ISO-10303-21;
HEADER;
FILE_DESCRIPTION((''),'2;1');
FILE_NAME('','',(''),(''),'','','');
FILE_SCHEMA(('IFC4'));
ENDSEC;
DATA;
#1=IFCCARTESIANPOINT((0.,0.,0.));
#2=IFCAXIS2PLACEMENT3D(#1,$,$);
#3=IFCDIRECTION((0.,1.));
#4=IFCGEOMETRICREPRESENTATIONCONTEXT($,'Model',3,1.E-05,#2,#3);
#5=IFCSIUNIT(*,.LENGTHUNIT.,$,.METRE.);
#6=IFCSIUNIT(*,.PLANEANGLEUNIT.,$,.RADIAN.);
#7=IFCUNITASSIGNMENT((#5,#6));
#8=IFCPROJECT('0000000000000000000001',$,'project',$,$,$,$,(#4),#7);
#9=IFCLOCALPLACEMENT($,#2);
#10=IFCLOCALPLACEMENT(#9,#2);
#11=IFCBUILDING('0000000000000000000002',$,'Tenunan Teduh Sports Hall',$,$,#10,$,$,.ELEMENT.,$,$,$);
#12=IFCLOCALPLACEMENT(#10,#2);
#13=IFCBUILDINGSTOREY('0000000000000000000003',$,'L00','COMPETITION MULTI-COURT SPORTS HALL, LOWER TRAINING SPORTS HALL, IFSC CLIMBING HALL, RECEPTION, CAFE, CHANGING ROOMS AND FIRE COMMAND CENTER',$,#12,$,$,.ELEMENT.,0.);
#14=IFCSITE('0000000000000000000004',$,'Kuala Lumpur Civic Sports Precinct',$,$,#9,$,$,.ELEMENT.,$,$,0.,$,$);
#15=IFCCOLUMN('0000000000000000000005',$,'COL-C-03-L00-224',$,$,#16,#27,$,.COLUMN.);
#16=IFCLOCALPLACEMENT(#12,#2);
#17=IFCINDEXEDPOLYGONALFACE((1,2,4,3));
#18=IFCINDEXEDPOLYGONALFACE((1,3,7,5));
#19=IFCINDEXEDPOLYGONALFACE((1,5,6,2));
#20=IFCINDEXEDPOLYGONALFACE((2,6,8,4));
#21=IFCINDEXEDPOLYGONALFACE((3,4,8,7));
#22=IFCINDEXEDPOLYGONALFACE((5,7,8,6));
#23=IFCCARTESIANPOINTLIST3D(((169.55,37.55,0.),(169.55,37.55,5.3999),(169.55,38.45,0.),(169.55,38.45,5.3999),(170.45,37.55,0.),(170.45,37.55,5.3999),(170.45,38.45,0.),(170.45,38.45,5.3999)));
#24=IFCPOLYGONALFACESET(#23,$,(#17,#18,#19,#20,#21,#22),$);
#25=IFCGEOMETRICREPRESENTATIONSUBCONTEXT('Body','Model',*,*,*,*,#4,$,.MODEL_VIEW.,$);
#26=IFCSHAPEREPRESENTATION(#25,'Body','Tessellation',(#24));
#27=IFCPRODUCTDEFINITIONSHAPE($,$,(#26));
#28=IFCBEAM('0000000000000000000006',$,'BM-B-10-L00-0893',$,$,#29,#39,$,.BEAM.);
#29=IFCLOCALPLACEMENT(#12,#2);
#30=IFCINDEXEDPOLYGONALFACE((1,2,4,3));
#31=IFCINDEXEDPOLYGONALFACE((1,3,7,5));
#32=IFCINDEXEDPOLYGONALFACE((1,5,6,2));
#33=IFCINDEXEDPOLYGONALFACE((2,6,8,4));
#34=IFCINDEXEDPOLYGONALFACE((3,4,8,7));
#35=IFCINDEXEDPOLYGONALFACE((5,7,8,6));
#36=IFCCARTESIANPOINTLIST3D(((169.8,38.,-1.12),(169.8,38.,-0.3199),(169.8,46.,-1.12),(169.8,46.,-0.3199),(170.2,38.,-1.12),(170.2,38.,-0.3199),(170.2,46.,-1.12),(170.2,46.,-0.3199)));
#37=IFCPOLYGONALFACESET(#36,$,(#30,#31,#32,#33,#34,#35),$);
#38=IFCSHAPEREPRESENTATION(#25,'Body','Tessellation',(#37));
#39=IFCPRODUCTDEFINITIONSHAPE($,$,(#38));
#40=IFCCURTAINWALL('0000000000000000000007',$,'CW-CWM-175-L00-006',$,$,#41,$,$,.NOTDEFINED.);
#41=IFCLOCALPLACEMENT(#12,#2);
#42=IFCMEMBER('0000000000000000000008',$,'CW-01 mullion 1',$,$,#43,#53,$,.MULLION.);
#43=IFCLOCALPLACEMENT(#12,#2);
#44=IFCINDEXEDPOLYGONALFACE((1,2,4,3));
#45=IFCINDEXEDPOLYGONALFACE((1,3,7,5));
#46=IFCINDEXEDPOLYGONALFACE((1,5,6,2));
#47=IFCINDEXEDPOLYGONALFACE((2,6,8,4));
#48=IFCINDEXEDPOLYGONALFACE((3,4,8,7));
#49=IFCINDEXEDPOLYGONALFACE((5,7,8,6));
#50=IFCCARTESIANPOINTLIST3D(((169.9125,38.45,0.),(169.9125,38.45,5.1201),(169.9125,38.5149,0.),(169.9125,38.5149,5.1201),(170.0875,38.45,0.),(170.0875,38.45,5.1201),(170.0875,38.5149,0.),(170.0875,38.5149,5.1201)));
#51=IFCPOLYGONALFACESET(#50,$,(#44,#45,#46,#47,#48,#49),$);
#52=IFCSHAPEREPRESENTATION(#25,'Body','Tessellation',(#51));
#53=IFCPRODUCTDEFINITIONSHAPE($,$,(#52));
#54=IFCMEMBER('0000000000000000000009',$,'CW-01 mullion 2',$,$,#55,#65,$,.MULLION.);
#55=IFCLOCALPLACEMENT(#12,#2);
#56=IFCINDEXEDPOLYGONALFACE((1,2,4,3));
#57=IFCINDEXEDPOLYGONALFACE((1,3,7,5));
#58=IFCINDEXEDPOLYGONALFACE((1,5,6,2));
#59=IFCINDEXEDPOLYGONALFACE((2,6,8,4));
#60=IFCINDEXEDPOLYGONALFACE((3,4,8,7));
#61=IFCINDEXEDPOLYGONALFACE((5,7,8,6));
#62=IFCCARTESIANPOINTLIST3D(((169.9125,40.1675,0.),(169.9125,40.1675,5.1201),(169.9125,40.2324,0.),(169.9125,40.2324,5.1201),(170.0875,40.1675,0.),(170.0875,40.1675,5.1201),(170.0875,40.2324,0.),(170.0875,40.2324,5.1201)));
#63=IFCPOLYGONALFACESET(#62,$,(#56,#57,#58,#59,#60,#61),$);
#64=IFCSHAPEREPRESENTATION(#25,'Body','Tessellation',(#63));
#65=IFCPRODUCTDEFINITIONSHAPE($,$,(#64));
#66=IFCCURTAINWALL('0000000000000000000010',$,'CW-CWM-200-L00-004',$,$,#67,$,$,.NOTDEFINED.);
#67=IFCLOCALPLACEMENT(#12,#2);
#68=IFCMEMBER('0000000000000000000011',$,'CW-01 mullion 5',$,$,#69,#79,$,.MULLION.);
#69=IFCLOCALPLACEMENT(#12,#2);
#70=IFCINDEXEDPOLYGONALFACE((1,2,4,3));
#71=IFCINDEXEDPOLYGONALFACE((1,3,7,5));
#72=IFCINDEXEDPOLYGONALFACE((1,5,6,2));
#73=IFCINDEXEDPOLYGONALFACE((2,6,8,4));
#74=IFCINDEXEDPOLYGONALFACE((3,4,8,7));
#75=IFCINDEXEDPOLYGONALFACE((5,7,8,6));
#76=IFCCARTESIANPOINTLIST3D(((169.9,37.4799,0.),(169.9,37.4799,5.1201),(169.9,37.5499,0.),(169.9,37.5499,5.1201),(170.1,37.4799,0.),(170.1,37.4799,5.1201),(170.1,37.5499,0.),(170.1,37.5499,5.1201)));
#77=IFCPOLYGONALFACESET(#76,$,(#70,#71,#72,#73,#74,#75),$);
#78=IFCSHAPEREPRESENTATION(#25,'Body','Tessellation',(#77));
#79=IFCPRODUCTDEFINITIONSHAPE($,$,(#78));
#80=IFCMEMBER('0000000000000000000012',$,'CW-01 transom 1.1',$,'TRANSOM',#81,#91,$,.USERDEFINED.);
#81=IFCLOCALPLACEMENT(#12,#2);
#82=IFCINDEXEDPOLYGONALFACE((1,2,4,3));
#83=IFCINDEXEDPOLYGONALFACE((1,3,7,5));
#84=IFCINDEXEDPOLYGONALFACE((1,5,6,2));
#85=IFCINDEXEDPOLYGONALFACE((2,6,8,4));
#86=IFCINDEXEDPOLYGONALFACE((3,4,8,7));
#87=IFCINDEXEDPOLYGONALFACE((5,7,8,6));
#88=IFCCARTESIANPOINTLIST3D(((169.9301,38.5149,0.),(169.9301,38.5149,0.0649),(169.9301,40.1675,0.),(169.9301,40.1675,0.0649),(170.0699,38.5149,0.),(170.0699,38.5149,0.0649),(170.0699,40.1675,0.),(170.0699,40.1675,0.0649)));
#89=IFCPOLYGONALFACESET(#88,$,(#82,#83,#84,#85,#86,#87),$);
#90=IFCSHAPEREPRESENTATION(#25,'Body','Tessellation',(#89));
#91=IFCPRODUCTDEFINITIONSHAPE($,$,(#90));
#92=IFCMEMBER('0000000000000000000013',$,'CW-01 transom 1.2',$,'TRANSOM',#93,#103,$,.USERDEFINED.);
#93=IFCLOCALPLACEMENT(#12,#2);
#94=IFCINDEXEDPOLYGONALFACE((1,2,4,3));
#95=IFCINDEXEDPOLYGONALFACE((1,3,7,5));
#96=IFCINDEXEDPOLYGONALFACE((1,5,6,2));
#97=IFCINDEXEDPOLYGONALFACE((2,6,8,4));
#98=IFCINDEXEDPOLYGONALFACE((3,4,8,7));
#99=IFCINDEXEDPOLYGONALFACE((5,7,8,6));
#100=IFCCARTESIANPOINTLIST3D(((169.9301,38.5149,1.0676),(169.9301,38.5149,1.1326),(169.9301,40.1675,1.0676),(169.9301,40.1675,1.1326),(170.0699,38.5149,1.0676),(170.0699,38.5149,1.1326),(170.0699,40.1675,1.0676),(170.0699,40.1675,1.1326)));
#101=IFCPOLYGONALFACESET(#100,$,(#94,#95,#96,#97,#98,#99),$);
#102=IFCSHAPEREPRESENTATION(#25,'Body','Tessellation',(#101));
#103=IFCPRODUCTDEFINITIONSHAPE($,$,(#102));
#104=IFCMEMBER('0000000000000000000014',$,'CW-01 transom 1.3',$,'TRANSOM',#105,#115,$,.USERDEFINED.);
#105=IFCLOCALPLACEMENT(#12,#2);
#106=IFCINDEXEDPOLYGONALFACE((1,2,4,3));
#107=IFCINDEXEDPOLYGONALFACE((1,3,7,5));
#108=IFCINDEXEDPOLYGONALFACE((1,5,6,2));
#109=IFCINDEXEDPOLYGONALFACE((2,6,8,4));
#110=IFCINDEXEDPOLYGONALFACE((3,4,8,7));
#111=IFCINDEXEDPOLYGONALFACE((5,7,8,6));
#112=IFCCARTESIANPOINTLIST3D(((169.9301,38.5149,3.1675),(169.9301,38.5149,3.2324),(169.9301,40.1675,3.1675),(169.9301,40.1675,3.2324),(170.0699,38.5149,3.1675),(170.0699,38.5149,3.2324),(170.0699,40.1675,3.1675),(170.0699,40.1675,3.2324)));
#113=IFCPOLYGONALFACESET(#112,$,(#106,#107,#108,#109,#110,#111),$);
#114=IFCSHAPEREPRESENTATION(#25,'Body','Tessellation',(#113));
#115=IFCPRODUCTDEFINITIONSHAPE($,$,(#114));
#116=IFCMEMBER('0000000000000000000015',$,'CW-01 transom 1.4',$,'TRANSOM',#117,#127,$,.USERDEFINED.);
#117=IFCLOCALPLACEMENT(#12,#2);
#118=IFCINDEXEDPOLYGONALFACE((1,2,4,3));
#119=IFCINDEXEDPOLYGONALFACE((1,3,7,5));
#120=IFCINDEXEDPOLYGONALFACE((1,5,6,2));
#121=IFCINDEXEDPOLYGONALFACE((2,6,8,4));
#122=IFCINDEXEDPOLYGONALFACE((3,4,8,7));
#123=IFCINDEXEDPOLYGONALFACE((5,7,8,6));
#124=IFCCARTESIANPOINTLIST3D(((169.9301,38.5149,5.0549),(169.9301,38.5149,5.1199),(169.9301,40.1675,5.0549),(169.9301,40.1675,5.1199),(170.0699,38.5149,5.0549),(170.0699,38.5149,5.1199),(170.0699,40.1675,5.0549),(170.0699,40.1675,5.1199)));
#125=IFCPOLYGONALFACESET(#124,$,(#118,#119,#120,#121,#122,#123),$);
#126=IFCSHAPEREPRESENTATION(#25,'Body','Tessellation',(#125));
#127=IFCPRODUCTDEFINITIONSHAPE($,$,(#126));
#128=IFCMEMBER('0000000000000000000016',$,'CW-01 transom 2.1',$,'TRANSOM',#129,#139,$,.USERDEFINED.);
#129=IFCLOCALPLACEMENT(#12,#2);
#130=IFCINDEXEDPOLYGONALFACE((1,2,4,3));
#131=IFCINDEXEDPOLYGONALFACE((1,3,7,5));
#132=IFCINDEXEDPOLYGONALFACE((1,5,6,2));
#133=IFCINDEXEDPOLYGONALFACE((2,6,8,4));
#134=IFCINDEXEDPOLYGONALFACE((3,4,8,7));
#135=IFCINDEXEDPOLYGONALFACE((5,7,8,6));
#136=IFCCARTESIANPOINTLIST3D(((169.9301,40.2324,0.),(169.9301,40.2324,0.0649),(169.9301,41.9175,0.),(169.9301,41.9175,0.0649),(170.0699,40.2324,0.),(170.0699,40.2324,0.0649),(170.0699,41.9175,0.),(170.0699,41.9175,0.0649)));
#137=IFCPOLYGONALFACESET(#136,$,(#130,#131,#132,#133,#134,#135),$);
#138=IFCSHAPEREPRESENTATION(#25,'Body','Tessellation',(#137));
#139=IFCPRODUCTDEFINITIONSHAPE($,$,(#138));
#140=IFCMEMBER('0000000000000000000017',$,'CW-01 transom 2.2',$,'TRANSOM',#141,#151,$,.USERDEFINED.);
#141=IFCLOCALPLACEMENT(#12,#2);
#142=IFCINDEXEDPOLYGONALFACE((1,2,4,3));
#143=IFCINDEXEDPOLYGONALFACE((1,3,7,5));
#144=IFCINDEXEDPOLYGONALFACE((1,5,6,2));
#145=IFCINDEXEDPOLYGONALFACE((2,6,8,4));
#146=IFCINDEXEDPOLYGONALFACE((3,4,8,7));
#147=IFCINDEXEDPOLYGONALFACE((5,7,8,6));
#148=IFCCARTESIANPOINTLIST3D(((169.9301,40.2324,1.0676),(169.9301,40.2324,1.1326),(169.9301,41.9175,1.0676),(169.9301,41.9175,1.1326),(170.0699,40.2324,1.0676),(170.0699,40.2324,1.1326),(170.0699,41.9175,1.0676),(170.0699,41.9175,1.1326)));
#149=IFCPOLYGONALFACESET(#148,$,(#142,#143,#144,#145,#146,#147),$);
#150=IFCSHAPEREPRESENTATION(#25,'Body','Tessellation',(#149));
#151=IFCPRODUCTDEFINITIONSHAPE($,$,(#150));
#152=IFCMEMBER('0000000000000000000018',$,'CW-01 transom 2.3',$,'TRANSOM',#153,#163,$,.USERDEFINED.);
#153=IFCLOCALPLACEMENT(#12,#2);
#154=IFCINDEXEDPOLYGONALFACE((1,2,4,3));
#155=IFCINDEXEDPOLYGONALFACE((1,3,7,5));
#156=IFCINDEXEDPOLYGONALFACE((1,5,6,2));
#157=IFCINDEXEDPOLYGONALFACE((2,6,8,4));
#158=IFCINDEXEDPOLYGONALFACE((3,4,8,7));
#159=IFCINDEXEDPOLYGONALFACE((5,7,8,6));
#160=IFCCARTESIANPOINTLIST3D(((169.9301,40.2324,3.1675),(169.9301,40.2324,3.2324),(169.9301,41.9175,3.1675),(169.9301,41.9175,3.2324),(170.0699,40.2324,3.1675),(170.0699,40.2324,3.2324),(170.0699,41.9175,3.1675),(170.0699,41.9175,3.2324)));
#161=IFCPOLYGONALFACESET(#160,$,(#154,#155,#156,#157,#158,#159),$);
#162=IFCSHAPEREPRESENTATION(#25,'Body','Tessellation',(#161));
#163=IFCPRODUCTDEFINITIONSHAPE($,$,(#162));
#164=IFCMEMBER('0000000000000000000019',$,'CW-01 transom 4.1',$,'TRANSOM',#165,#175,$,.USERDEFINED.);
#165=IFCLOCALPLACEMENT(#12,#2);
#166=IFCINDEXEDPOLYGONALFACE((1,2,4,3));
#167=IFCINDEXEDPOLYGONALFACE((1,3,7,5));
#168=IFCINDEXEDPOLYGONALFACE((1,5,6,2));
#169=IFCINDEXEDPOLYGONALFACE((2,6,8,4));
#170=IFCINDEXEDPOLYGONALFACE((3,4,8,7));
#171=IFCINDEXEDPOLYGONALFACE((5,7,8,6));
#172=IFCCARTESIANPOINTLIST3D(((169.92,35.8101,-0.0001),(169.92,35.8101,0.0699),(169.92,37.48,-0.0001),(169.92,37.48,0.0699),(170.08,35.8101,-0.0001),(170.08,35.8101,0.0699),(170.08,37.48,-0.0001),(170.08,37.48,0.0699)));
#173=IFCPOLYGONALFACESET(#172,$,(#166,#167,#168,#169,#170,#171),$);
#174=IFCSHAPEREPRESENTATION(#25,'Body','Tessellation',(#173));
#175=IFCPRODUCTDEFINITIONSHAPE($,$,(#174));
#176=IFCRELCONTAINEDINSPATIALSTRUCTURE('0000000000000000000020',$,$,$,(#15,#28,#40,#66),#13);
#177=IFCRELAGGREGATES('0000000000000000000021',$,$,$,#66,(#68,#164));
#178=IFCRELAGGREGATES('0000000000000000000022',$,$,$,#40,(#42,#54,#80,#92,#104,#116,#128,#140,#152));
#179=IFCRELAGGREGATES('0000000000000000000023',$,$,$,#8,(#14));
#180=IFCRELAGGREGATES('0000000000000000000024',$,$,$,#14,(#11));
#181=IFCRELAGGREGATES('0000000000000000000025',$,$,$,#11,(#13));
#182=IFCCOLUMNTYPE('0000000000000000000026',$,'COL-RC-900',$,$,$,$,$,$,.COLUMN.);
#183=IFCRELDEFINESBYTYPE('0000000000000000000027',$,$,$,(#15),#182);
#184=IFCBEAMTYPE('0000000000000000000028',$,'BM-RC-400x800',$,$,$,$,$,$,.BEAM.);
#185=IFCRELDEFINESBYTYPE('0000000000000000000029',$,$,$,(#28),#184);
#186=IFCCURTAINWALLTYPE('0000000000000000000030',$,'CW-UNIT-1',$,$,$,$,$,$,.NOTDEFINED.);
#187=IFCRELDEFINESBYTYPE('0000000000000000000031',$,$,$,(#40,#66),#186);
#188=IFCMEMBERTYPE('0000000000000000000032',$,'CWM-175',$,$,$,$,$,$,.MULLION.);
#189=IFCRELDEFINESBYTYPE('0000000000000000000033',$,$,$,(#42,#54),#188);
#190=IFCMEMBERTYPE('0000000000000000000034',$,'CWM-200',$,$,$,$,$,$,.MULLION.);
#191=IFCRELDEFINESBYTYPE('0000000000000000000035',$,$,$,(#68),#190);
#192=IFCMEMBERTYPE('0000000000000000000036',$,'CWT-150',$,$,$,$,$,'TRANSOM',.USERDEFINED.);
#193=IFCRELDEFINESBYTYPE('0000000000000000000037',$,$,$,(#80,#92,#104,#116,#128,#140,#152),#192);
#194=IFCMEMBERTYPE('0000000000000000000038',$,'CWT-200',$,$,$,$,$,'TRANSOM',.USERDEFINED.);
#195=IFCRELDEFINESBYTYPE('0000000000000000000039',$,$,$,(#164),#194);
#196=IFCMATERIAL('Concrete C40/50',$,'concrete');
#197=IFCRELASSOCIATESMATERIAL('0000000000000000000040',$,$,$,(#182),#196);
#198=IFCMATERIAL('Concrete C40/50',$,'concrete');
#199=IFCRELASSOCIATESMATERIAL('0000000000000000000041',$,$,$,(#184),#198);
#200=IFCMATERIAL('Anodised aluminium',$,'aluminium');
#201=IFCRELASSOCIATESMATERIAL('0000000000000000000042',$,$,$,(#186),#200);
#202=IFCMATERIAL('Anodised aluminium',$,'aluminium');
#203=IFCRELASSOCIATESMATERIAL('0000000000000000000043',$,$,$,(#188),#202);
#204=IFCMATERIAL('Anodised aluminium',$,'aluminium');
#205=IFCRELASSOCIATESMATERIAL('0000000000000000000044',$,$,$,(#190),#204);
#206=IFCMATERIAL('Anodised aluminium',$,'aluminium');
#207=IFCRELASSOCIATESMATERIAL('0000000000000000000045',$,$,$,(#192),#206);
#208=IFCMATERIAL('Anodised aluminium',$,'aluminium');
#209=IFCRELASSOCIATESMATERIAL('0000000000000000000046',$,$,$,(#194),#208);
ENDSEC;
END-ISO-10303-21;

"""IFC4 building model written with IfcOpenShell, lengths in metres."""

from ifc_helpers import new_model, si_unit, direction, frame, origin, origin_2d, place, context, subcontext, project, spatial, rectangle, extrude, material, material_profile, profile_set, type_object, element, aggregate, save


model = new_model("IFC4")

# Units and contexts
model_context = context("Model", 3, precision=1e-05, world=origin(), true_north=direction((0.0, 1.0)))
body_context = subcontext(model_context, "Body", "Model", "MODEL_VIEW")
ifc_project = project(units=[si_unit("LENGTHUNIT", "METRE"), si_unit("PLANEANGLEUNIT", "RADIAN")], contexts=[model_context])

# Site, building, storey
site_placement = place(None, origin())
site = spatial("IfcSite", under=ifc_project, at=site_placement, Name="Kuala Lumpur Civic Sports Precinct", CompositionType="ELEMENT", RefElevation=0.0)
building_placement = place(site_placement, origin())
building = spatial("IfcBuilding", under=site, at=building_placement, Name="Tenunan Teduh Sports Hall", CompositionType="ELEMENT")
storey_placement = place(building_placement, origin())
storey = spatial("IfcBuildingStorey", under=building, at=storey_placement, Name="L00", Description="COMPETITION MULTI-COURT SPORTS HALL, LOWER TRAINING SPORTS HALL, IFSC CLIMBING HALL, RECEPTION, CAFE, CHANGING ROOMS AND FIRE COMMAND CENTER", CompositionType="ELEMENT", Elevation=0.0)

# Column
ifc_material_1 = material(Name="Concrete C40/50", Category="concrete")
ifc_material_profile_1 = material_profile(ifc_material_1, rectangle(XDim=0.8999, YDim=0.8999, at=origin_2d()), Name="RC 900x900")
ifc_profile_set_1 = profile_set([ifc_material_profile_1], Name="Concrete C40/50")
column_type = type_object("IfcColumnType", Name="COL-RC-900", PredefinedType="COLUMN", material=ifc_profile_set_1)
column_placement = place(storey_placement, frame((170.0, 38.0, 0.0), z_axis=(0.0, 0.0, 1.0), x_axis=(1.0, 0.0, 0.0)))
element("IfcColumn", 1, at=column_placement, inside=storey, type_object=column_type, Name="COL-C-03-L00-224", PredefinedType="COLUMN", context=body_context, shape_type="SweptSolid", body=[
    extrude(rectangle(XDim=0.8999, YDim=0.8999, at=origin_2d()), origin(), (0.0, 0.0, 1.0), 5.3999),
])

# Beam
ifc_material_2 = material(Name="Concrete C40/50", Category="concrete")
ifc_material_profile_2 = material_profile(ifc_material_2, rectangle(XDim=0.3999, YDim=0.8, at=origin_2d()), Name="RCB 400x800")
ifc_profile_set_2 = profile_set([ifc_material_profile_2], Name="Concrete C40/50")
beam_type = type_object("IfcBeamType", Name="BM-RC-400x800", PredefinedType="BEAM", material=ifc_profile_set_2)
beam_placement = place(storey_placement, frame((170.0, 38.0, -0.72), z_axis=(0.0, 1.0, 0.0), x_axis=(-1.0, 0.0, 0.0)))
element("IfcBeam", 2, at=beam_placement, inside=storey, type_object=beam_type, Name="BM-B-10-L00-0893", PredefinedType="BEAM", context=body_context, shape_type="SweptSolid", body=[
    extrude(rectangle(XDim=0.3999, YDim=0.8, at=origin_2d()), origin(), (0.0, 0.0, 1.0), 8.0),
])

# Curtain wall, members
ifc_material_3 = material(Name="Anodised aluminium", Category="aluminium")
curtain_wall_type = type_object("IfcCurtainWallType", Name="CW-UNIT-1", PredefinedType="NOTDEFINED", material=ifc_material_3)
curtain_wall_1_placement = place(storey_placement, origin())
curtain_wall_1 = element("IfcCurtainWall", 3, at=curtain_wall_1_placement, inside=storey, type_object=curtain_wall_type, Name="CW-CWM-175-L00-006", PredefinedType="NOTDEFINED")
ifc_material_4 = material(Name="Anodised aluminium", Category="aluminium")
ifc_material_profile_3 = material_profile(ifc_material_4, rectangle(XDim=0.0649, YDim=0.175, at=origin_2d()), Name="CWM 65x175")
ifc_profile_set_3 = profile_set([ifc_material_profile_3], Name="Anodised aluminium")
member_type_1 = type_object("IfcMemberType", Name="CWM-175", PredefinedType="MULLION", material=ifc_profile_set_3)
member_1_placement = place(storey_placement, frame((170.0, 38.4824, 0.0), z_axis=(0.0, 0.0, 1.0), x_axis=(0.0, 1.0, 0.0)))
member_1 = element("IfcMember", 4, at=member_1_placement, type_object=member_type_1, Name="CW-01 mullion 1", PredefinedType="MULLION", context=body_context, shape_type="SweptSolid", body=[
    extrude(rectangle(XDim=0.0649, YDim=0.175, at=origin_2d()), origin(), (0.0, 0.0, 1.0), 5.1201),
])
member_2_placement = place(storey_placement, frame((170.0, 40.2, 0.0), z_axis=(0.0, 0.0, 1.0), x_axis=(0.0, 1.0, 0.0)))
member_2 = element("IfcMember", 5, at=member_2_placement, type_object=member_type_1, Name="CW-01 mullion 2", PredefinedType="MULLION", context=body_context, shape_type="SweptSolid", body=[
    extrude(rectangle(XDim=0.0649, YDim=0.175, at=origin_2d()), origin(), (0.0, 0.0, 1.0), 5.1201),
])

# Curtain wall, member
curtain_wall_2_placement = place(storey_placement, origin())
curtain_wall_2 = element("IfcCurtainWall", 6, at=curtain_wall_2_placement, inside=storey, type_object=curtain_wall_type, Name="CW-CWM-200-L00-004", PredefinedType="NOTDEFINED")
ifc_material_5 = material(Name="Anodised aluminium", Category="aluminium")
ifc_material_profile_4 = material_profile(ifc_material_5, rectangle(XDim=0.0701, YDim=0.2, at=origin_2d()), Name="CWM 70x200")
ifc_profile_set_4 = profile_set([ifc_material_profile_4], Name="Anodised aluminium")
member_type_2 = type_object("IfcMemberType", Name="CWM-200", PredefinedType="MULLION", material=ifc_profile_set_4)
member_3_placement = place(storey_placement, frame((170.0, 37.5149, 0.0), z_axis=(0.0, 0.0, 1.0), x_axis=(0.0, 1.0, 0.0)))
member_3 = element("IfcMember", 7, at=member_3_placement, type_object=member_type_2, Name="CW-01 mullion 5", PredefinedType="MULLION", context=body_context, shape_type="SweptSolid", body=[
    extrude(rectangle(XDim=0.0701, YDim=0.2, at=origin_2d()), origin(), (0.0, 0.0, 1.0), 5.1201),
])

# Members
ifc_material_6 = material(Name="Anodised aluminium", Category="aluminium")
ifc_material_profile_5 = material_profile(ifc_material_6, rectangle(XDim=0.0649, YDim=0.1399, at=origin_2d()), Name="CWT 65x140")
ifc_profile_set_5 = profile_set([ifc_material_profile_5], Name="Anodised aluminium")
member_type_3 = type_object("IfcMemberType", Name="CWT-150", ElementType="TRANSOM", PredefinedType="USERDEFINED", material=ifc_profile_set_5)
member_4_placement = place(storey_placement, frame((170.0, 38.5149, 0.0325), z_axis=(0.0, 1.0, 0.0), x_axis=(0.0, 0.0, 1.0)))
member_4 = element("IfcMember", 8, at=member_4_placement, type_object=member_type_3, Name="CW-01 transom 1.1", ObjectType="TRANSOM", PredefinedType="USERDEFINED", context=body_context, shape_type="SweptSolid", body=[
    extrude(rectangle(XDim=0.0649, YDim=0.1399, at=origin_2d()), origin(), (0.0, 0.0, 1.0), 1.6526),
])
member_5_placement = place(storey_placement, frame((170.0, 38.5149, 1.1001), z_axis=(0.0, 1.0, 0.0), x_axis=(0.0, 0.0, 1.0)))
member_5 = element("IfcMember", 9, at=member_5_placement, type_object=member_type_3, Name="CW-01 transom 1.2", ObjectType="TRANSOM", PredefinedType="USERDEFINED", context=body_context, shape_type="SweptSolid", body=[
    extrude(rectangle(XDim=0.0649, YDim=0.1399, at=origin_2d()), origin(), (0.0, 0.0, 1.0), 1.6526),
])
member_6_placement = place(storey_placement, frame((170.0, 38.5149, 3.2), z_axis=(0.0, 1.0, 0.0), x_axis=(0.0, 0.0, 1.0)))
member_6 = element("IfcMember", 10, at=member_6_placement, type_object=member_type_3, Name="CW-01 transom 1.3", ObjectType="TRANSOM", PredefinedType="USERDEFINED", context=body_context, shape_type="SweptSolid", body=[
    extrude(rectangle(XDim=0.0649, YDim=0.1399, at=origin_2d()), origin(), (0.0, 0.0, 1.0), 1.6526),
])
member_7_placement = place(storey_placement, frame((170.0, 38.5149, 5.0874), z_axis=(0.0, 1.0, 0.0), x_axis=(0.0, 0.0, 1.0)))
member_7 = element("IfcMember", 11, at=member_7_placement, type_object=member_type_3, Name="CW-01 transom 1.4", ObjectType="TRANSOM", PredefinedType="USERDEFINED", context=body_context, shape_type="SweptSolid", body=[
    extrude(rectangle(XDim=0.0649, YDim=0.1399, at=origin_2d()), origin(), (0.0, 0.0, 1.0), 1.6526),
])
member_8_placement = place(storey_placement, frame((170.0, 40.2324, 0.0325), z_axis=(0.0, 1.0, 0.0), x_axis=(0.0, 0.0, 1.0)))
member_8 = element("IfcMember", 12, at=member_8_placement, type_object=member_type_3, Name="CW-01 transom 2.1", ObjectType="TRANSOM", PredefinedType="USERDEFINED", context=body_context, shape_type="SweptSolid", body=[
    extrude(rectangle(XDim=0.0649, YDim=0.1399, at=origin_2d()), origin(), (0.0, 0.0, 1.0), 1.6851),
])
member_9_placement = place(storey_placement, frame((170.0, 40.2324, 1.1001), z_axis=(0.0, 1.0, 0.0), x_axis=(0.0, 0.0, 1.0)))
member_9 = element("IfcMember", 13, at=member_9_placement, type_object=member_type_3, Name="CW-01 transom 2.2", ObjectType="TRANSOM", PredefinedType="USERDEFINED", context=body_context, shape_type="SweptSolid", body=[
    extrude(rectangle(XDim=0.0649, YDim=0.1399, at=origin_2d()), origin(), (0.0, 0.0, 1.0), 1.6851),
])
member_10_placement = place(storey_placement, frame((170.0, 40.2324, 3.2), z_axis=(0.0, 1.0, 0.0), x_axis=(0.0, 0.0, 1.0)))
member_10 = element("IfcMember", 14, at=member_10_placement, type_object=member_type_3, Name="CW-01 transom 2.3", ObjectType="TRANSOM", PredefinedType="USERDEFINED", context=body_context, shape_type="SweptSolid", body=[
    extrude(rectangle(XDim=0.0649, YDim=0.1399, at=origin_2d()), origin(), (0.0, 0.0, 1.0), 1.6851),
])
ifc_material_7 = material(Name="Anodised aluminium", Category="aluminium")
ifc_material_profile_6 = material_profile(ifc_material_7, rectangle(XDim=0.0701, YDim=0.1599, at=origin_2d()), Name="CWT 70x160")
ifc_profile_set_6 = profile_set([ifc_material_profile_6], Name="Anodised aluminium")
member_type_4 = type_object("IfcMemberType", Name="CWT-200", ElementType="TRANSOM", PredefinedType="USERDEFINED", material=ifc_profile_set_6)
member_11_placement = place(storey_placement, frame((170.0, 35.8101, 0.0349), z_axis=(0.0, 1.0, 0.0), x_axis=(0.0, 0.0, 1.0)))
member_11 = element("IfcMember", 15, at=member_11_placement, type_object=member_type_4, Name="CW-01 transom 4.1", ObjectType="TRANSOM", PredefinedType="USERDEFINED", context=body_context, shape_type="SweptSolid", body=[
    extrude(rectangle(XDim=0.0701, YDim=0.1599, at=origin_2d()), origin(), (0.0, 0.0, 1.0), 1.6699),
])

aggregate(curtain_wall_2, [member_3, member_11])
aggregate(curtain_wall_1, [member_1, member_2, member_4, member_5, member_6, member_7, member_8, member_9, member_10])

save(model, "model.ifc")
